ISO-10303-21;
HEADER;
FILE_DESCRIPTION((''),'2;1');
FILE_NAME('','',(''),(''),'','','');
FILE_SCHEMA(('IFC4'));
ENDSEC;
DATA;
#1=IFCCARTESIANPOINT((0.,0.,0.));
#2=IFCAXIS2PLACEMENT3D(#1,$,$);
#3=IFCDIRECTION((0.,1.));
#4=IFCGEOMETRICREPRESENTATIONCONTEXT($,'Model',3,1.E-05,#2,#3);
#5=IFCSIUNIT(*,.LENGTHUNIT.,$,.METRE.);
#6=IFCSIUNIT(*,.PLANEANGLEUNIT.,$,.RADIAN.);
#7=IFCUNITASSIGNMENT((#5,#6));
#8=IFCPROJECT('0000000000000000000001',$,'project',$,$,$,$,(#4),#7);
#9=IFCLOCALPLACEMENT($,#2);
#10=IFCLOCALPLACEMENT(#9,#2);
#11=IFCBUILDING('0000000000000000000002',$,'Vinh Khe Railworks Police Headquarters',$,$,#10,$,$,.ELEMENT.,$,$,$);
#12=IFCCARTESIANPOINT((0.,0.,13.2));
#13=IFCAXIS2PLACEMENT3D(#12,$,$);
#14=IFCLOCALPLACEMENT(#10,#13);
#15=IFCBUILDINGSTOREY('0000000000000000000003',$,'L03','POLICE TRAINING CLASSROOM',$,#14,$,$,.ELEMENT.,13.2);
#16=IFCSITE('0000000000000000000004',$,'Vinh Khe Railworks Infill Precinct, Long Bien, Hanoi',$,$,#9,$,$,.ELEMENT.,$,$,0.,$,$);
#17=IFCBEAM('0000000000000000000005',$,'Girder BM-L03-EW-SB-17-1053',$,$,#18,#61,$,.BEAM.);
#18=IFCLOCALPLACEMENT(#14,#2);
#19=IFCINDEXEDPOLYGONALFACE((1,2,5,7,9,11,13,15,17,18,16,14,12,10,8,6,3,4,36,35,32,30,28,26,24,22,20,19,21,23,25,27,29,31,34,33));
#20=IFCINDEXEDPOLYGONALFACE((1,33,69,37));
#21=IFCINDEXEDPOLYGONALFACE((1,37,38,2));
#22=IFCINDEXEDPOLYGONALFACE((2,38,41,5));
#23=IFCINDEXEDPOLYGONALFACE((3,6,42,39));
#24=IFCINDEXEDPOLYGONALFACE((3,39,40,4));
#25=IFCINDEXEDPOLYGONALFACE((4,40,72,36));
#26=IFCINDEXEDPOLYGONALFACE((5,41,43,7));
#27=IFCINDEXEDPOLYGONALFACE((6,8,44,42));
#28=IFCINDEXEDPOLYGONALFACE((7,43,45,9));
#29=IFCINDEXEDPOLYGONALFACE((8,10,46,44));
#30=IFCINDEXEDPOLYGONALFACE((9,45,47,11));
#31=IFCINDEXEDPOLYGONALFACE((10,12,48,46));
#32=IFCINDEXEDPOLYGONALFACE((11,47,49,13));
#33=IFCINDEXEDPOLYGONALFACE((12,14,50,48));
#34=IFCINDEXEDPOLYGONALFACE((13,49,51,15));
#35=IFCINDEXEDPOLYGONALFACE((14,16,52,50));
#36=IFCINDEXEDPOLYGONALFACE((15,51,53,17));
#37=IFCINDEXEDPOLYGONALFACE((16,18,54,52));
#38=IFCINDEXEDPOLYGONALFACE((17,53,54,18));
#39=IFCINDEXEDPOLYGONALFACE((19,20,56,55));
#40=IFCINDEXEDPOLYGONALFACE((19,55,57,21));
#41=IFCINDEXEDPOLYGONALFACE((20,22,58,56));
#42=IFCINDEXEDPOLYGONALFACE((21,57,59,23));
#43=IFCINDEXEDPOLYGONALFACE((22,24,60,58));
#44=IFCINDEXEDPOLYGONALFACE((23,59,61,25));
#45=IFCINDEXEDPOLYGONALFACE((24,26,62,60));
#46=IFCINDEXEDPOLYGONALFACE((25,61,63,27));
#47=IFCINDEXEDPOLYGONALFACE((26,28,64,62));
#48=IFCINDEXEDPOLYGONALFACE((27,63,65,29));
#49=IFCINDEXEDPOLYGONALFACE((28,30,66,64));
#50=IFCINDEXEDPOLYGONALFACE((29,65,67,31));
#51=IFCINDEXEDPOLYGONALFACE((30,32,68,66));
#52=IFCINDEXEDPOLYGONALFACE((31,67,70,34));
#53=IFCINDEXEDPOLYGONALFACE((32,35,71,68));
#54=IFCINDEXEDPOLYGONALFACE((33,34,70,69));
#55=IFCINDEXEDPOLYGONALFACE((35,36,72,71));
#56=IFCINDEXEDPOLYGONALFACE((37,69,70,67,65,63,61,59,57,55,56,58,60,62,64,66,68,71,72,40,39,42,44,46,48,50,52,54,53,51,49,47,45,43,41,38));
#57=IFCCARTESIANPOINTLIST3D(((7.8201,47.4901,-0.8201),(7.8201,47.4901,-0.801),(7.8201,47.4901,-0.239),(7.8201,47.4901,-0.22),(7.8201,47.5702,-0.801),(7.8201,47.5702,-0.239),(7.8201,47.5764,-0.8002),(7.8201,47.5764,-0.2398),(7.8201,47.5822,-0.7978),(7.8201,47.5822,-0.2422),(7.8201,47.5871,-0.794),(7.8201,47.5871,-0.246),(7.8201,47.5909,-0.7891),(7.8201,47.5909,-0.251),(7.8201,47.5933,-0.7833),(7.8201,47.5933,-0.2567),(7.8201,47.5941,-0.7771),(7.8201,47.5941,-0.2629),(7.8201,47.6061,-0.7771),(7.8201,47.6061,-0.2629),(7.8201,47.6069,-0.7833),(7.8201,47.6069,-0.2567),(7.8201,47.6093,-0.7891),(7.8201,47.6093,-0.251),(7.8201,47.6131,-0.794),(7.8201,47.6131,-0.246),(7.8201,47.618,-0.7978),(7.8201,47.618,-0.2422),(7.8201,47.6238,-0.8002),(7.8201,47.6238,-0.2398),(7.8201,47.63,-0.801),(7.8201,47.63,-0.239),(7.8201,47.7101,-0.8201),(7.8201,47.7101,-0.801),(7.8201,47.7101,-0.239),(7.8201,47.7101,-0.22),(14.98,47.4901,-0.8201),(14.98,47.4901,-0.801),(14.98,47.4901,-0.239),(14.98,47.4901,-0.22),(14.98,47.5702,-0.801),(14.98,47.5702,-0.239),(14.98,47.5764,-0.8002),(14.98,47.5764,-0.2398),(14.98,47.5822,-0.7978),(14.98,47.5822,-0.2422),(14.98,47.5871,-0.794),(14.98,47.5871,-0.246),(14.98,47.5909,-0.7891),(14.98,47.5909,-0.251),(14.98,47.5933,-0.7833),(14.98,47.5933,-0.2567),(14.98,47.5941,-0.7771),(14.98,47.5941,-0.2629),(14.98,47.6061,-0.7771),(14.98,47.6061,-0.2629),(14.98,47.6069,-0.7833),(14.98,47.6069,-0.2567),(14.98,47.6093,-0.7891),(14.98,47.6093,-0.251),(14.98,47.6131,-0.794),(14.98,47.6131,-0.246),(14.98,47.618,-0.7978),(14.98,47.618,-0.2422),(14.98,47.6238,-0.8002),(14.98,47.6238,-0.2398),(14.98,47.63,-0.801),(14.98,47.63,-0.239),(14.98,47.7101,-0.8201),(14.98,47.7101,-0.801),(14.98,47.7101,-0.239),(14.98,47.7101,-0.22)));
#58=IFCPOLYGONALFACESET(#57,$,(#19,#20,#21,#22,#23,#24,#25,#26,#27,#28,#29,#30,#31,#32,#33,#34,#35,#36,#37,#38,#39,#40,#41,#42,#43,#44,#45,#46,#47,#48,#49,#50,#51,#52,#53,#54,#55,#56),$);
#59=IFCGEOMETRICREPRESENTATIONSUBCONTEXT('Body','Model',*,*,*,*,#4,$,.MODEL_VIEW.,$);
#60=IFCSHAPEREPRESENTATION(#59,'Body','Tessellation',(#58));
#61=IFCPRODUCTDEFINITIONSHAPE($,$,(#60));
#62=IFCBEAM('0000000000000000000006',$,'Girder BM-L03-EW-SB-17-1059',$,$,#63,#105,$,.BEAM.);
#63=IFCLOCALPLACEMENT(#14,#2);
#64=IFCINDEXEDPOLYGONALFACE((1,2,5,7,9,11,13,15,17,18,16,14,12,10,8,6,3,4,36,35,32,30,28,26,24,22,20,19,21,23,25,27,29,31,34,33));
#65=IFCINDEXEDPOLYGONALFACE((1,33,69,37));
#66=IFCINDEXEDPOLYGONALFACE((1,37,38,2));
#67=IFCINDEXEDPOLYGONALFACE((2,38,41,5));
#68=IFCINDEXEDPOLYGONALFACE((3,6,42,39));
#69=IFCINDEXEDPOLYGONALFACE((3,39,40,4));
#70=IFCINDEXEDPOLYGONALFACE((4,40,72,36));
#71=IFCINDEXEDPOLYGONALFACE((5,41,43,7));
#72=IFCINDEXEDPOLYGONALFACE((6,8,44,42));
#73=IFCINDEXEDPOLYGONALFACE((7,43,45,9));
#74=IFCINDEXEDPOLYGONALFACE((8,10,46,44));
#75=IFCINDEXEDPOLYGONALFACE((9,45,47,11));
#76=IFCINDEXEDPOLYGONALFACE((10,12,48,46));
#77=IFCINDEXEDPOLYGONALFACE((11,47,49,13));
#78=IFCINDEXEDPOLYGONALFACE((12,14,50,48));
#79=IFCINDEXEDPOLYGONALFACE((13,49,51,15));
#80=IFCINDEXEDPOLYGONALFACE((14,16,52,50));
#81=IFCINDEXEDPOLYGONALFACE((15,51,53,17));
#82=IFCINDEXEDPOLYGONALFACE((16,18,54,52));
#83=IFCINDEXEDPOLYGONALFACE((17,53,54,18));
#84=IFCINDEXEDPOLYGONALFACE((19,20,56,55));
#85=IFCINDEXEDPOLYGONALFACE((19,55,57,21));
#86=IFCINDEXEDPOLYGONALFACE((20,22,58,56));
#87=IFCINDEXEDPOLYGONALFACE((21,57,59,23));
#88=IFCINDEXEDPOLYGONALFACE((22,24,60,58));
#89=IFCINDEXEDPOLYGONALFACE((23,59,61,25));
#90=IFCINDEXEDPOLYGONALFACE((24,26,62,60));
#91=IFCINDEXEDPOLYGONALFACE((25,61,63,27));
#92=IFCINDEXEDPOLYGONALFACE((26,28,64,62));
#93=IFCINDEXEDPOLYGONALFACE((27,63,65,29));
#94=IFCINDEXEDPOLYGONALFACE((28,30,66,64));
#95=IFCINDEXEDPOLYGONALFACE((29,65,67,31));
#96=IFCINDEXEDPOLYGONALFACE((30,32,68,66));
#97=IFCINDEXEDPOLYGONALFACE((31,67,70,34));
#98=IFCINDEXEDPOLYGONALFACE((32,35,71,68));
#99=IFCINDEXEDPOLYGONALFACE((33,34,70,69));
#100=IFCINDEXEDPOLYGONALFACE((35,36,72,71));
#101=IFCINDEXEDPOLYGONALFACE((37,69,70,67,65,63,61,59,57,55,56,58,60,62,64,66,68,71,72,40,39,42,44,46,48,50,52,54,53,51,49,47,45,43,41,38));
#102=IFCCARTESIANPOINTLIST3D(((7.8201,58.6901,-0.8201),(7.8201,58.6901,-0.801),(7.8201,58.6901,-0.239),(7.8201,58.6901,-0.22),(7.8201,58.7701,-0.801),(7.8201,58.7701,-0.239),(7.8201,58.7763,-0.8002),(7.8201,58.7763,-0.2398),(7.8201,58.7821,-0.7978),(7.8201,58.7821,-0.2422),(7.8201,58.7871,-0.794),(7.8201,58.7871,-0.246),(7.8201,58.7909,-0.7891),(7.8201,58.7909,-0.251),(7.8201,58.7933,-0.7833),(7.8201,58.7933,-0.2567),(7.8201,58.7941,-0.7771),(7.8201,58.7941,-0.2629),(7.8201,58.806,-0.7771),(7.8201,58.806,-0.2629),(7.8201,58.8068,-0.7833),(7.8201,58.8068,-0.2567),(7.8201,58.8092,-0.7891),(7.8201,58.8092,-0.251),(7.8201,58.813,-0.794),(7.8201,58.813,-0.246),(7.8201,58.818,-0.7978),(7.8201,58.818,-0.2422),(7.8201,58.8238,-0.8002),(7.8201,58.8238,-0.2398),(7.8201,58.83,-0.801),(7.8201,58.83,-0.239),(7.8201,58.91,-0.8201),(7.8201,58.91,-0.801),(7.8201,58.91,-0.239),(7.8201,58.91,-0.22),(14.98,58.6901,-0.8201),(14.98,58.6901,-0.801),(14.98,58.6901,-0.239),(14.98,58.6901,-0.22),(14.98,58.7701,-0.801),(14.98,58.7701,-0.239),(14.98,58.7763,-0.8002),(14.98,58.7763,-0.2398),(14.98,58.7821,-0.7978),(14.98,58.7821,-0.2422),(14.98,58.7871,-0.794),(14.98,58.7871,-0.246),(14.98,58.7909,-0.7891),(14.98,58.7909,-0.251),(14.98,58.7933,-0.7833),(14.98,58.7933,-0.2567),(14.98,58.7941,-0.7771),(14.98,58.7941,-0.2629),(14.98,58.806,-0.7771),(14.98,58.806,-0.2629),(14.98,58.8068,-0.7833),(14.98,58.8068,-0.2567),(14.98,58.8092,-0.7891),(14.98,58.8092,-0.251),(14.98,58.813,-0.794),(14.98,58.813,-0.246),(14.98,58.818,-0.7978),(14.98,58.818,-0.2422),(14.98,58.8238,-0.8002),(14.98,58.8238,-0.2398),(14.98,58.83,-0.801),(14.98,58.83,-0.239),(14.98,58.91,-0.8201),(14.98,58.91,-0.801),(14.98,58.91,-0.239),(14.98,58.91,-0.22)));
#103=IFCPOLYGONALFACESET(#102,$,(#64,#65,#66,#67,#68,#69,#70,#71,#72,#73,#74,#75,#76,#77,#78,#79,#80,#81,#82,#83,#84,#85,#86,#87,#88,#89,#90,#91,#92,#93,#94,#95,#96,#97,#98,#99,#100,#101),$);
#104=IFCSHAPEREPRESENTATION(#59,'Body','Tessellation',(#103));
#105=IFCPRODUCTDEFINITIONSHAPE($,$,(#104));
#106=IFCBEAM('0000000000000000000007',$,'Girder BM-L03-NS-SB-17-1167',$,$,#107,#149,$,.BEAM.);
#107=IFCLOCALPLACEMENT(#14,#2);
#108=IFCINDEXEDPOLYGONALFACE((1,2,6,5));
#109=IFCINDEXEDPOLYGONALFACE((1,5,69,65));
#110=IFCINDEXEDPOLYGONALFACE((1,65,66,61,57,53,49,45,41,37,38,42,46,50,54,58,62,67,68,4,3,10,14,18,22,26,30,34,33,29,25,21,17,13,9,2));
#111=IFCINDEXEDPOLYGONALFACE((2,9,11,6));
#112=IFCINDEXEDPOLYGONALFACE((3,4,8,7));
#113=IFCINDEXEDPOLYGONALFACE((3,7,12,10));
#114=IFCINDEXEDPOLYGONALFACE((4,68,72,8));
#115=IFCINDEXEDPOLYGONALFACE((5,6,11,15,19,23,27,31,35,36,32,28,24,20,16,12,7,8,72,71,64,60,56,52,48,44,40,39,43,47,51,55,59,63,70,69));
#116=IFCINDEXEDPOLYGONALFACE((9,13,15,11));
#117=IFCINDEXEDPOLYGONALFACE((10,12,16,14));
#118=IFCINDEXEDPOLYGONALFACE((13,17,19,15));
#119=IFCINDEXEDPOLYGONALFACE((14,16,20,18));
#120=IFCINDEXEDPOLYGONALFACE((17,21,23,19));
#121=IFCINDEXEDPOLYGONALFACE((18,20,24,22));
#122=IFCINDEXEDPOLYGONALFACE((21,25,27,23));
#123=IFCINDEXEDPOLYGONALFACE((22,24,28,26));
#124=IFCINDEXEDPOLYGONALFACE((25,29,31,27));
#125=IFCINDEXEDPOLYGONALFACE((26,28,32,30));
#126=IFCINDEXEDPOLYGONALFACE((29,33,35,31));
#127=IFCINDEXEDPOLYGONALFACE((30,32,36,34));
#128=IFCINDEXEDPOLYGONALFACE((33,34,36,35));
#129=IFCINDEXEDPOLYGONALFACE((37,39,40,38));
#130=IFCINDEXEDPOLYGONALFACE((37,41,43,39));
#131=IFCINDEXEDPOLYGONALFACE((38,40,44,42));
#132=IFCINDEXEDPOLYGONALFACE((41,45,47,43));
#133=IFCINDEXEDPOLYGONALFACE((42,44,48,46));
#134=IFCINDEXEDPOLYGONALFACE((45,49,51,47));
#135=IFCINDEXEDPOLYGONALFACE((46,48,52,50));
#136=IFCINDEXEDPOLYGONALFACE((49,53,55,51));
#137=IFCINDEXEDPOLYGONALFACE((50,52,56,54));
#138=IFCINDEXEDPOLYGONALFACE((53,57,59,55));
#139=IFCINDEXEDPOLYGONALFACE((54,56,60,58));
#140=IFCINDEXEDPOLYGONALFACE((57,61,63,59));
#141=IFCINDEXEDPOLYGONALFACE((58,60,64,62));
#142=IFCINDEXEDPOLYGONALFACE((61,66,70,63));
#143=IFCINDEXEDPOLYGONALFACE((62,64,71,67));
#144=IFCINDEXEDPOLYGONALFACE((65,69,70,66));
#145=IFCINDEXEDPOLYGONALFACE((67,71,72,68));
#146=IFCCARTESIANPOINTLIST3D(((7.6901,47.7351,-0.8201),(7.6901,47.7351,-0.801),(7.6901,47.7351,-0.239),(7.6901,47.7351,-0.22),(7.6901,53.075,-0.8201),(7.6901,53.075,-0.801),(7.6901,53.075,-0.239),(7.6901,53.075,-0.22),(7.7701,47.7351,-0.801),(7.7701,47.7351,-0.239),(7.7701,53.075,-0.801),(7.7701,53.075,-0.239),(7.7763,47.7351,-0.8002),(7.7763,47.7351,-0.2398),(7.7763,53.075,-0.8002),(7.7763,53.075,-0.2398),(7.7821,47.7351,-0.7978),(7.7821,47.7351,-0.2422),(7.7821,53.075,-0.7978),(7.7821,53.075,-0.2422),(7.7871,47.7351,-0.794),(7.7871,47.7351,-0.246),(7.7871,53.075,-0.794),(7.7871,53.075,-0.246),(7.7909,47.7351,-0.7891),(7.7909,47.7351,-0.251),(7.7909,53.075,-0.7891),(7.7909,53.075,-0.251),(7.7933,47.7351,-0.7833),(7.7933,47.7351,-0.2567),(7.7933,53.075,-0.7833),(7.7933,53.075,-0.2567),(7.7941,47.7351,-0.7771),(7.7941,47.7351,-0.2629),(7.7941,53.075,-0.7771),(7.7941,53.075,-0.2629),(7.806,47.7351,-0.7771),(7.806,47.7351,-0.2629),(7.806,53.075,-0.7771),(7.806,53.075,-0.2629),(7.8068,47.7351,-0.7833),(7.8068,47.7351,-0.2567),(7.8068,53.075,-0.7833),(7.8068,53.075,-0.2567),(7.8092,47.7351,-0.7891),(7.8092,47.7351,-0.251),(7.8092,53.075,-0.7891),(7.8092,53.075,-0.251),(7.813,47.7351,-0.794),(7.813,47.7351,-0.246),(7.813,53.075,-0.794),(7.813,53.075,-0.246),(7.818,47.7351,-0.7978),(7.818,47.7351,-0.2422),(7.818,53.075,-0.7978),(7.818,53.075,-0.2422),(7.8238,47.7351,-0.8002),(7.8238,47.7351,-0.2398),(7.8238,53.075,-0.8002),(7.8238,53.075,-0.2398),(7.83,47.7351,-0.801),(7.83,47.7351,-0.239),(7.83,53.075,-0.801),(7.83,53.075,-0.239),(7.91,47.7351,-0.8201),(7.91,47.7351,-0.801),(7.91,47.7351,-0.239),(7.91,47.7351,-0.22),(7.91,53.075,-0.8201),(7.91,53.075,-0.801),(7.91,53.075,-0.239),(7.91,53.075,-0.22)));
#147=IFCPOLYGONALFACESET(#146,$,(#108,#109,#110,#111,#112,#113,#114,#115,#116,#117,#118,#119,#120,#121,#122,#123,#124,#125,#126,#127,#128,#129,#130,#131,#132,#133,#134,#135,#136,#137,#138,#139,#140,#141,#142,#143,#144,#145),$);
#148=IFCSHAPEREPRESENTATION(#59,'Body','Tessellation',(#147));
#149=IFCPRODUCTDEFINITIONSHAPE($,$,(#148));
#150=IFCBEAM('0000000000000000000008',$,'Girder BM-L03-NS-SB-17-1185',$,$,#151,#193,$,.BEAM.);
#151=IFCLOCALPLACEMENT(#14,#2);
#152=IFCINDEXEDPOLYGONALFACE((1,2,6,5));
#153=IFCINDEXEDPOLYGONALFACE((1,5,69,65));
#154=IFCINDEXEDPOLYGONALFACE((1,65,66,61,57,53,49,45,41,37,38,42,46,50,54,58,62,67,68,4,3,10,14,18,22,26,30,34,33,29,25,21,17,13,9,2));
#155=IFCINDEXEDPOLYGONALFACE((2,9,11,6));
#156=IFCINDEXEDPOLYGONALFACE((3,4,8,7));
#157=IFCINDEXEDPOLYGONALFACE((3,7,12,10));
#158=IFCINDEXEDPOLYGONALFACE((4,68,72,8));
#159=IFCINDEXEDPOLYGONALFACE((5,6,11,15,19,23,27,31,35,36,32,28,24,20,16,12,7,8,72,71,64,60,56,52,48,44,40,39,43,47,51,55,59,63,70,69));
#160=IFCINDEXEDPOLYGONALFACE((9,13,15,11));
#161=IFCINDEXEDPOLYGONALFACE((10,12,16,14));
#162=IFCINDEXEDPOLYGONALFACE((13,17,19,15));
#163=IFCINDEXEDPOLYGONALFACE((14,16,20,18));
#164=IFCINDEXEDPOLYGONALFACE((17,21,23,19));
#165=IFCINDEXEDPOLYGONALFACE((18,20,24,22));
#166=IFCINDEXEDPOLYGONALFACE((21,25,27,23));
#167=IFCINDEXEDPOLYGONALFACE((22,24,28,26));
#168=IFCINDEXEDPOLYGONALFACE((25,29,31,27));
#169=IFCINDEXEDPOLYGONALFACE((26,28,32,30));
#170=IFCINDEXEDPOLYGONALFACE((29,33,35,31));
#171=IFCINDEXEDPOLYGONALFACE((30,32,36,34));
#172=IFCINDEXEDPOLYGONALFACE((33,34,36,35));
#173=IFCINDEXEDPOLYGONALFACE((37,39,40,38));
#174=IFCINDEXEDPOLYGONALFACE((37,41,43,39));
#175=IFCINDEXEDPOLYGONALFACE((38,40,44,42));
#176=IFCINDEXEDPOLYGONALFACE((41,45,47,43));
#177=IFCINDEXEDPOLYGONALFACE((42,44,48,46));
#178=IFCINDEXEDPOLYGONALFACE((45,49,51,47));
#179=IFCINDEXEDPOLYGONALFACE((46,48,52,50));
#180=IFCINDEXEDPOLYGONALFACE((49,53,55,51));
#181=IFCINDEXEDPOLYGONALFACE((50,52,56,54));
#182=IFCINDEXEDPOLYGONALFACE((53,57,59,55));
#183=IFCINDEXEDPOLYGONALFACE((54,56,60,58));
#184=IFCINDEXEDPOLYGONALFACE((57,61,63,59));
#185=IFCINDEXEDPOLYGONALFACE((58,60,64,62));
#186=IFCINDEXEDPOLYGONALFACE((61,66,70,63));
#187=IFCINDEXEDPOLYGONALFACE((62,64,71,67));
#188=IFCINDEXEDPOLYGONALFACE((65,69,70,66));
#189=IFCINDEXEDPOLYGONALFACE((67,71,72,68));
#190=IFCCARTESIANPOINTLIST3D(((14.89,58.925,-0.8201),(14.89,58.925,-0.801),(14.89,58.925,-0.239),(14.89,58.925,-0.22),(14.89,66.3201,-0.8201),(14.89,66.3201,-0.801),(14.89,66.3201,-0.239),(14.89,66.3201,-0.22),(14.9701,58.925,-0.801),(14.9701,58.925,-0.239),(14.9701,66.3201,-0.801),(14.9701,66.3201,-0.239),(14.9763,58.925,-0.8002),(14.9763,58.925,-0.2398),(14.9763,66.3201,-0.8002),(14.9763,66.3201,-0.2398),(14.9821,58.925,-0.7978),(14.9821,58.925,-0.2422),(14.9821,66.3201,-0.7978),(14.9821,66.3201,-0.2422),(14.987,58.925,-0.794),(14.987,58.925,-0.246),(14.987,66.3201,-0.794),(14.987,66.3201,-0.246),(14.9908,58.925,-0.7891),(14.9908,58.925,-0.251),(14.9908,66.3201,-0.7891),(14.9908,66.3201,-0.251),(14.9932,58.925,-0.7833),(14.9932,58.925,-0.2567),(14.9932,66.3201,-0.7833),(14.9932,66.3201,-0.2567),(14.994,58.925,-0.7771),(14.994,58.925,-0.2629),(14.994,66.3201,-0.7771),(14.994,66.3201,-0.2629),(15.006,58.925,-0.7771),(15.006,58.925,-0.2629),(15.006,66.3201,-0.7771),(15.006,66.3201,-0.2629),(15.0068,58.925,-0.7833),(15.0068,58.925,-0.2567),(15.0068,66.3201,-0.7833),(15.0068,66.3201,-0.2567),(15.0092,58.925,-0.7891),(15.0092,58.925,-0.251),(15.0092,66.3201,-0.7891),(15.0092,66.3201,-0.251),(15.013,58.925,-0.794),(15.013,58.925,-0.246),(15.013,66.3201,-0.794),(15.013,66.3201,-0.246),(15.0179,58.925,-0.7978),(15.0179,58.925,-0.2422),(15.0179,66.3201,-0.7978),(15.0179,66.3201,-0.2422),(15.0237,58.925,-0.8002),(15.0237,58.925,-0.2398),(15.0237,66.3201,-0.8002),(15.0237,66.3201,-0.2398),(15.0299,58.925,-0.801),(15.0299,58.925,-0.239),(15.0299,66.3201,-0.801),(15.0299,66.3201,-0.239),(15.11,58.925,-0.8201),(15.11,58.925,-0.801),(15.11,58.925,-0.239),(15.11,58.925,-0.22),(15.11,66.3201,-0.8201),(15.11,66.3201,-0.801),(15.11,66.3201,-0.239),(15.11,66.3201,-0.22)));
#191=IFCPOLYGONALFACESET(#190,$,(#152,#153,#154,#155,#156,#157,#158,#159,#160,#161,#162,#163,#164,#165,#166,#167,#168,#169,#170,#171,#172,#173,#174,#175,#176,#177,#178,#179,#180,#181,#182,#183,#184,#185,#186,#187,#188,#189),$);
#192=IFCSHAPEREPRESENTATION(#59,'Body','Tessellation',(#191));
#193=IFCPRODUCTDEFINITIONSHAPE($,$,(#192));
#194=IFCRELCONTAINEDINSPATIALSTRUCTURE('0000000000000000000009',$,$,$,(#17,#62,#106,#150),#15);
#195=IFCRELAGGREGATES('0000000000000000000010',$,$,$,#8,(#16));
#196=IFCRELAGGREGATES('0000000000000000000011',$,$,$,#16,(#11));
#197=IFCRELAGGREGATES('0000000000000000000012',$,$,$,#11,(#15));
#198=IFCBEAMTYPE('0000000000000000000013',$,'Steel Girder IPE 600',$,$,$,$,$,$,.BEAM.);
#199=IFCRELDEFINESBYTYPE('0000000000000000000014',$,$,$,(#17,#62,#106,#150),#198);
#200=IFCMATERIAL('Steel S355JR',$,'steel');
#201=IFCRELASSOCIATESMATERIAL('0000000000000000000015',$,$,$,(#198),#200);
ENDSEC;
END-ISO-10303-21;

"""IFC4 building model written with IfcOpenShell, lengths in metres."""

from ifc_helpers import new_model, si_unit, direction, frame, origin, origin_2d, place, context, subcontext, project, spatial, i_section, extrude, material, material_profile, profile_set, type_object, element, save


model = new_model("IFC4")

# Units and contexts
model_context = context("Model", 3, precision=1e-05, world=origin(), true_north=direction((0.0, 1.0)))
body_context = subcontext(model_context, "Body", "Model", "MODEL_VIEW")
ifc_project = project(units=[si_unit("LENGTHUNIT", "METRE"), si_unit("PLANEANGLEUNIT", "RADIAN")], contexts=[model_context])

# Site, building, storey
site_placement = place(None, origin())
site = spatial("IfcSite", under=ifc_project, at=site_placement, Name="Vinh Khe Railworks Infill Precinct, Long Bien, Hanoi", CompositionType="ELEMENT", RefElevation=0.0)
building_placement = place(site_placement, origin())
building = spatial("IfcBuilding", under=site, at=building_placement, Name="Vinh Khe Railworks Police Headquarters", CompositionType="ELEMENT")
storey_placement = place(building_placement, frame((0.0, 0.0, 13.2)))
storey = spatial("IfcBuildingStorey", under=building, at=storey_placement, Name="L03", Description="POLICE TRAINING CLASSROOM", CompositionType="ELEMENT", Elevation=13.2)

# Shared definitions
ifc_material_1 = material(Name="Steel S355JR", Category="steel")

# Beams
ifc_material_profile_1 = material_profile(ifc_material_1, i_section(OverallWidth=0.22, OverallDepth=0.6001, WebThickness=0.012, FlangeThickness=0.019, FilletRadius=0.0239, at=origin_2d()), Name="IPE 600")
ifc_profile_set_1 = profile_set([ifc_material_profile_1], Name="Steel S355JR")
beam_type_1 = type_object("IfcBeamType", Name="Steel Girder IPE 600", PredefinedType="BEAM", material=ifc_profile_set_1)
for number, where, z_axis, x_axis, name in (
    (1, (7.8201, 47.6001, -0.52), (1.0, 0.0, 0.0), (0.0, 1.0, 0.0), "Girder BM-L03-EW-SB-17-1053"),
    (2, (7.8201, 58.8, -0.52), (1.0, 0.0, 0.0), (0.0, 1.0, 0.0), "Girder BM-L03-EW-SB-17-1059"),
):
    element("IfcBeam", number, at=place(storey_placement, frame(where, z_axis=z_axis, x_axis=x_axis)), inside=storey, type_object=beam_type_1, Name=name, PredefinedType="BEAM", context=body_context, shape_type="SweptSolid", body=[
        extrude(i_section(OverallWidth=0.22, OverallDepth=0.6001, WebThickness=0.012, FlangeThickness=0.019, FilletRadius=0.0239, at=origin_2d()), origin(), (0.0, 0.0, 1.0), 7.1599),
    ])
beam_1_placement = place(storey_placement, frame((7.8, 47.7351, -0.52), z_axis=(0.0, 1.0, 0.0), x_axis=(-1.0, 0.0, 0.0)))
element("IfcBeam", 3, at=beam_1_placement, inside=storey, type_object=beam_type_1, Name="Girder BM-L03-NS-SB-17-1167", PredefinedType="BEAM", context=body_context, shape_type="SweptSolid", body=[
    extrude(i_section(OverallWidth=0.22, OverallDepth=0.6001, WebThickness=0.012, FlangeThickness=0.019, FilletRadius=0.0239, at=origin_2d()), origin(), (0.0, 0.0, 1.0), 5.3398),
])
beam_2_placement = place(storey_placement, frame((15.0, 58.925, -0.52), z_axis=(0.0, 1.0, 0.0), x_axis=(-1.0, 0.0, 0.0)))
element("IfcBeam", 4, at=beam_2_placement, inside=storey, type_object=beam_type_1, Name="Girder BM-L03-NS-SB-17-1185", PredefinedType="BEAM", context=body_context, shape_type="SweptSolid", body=[
    extrude(i_section(OverallWidth=0.22, OverallDepth=0.6001, WebThickness=0.012, FlangeThickness=0.019, FilletRadius=0.0239, at=origin_2d()), origin(), (0.0, 0.0, 1.0), 7.395),
])

save(model, "model.ifc")
